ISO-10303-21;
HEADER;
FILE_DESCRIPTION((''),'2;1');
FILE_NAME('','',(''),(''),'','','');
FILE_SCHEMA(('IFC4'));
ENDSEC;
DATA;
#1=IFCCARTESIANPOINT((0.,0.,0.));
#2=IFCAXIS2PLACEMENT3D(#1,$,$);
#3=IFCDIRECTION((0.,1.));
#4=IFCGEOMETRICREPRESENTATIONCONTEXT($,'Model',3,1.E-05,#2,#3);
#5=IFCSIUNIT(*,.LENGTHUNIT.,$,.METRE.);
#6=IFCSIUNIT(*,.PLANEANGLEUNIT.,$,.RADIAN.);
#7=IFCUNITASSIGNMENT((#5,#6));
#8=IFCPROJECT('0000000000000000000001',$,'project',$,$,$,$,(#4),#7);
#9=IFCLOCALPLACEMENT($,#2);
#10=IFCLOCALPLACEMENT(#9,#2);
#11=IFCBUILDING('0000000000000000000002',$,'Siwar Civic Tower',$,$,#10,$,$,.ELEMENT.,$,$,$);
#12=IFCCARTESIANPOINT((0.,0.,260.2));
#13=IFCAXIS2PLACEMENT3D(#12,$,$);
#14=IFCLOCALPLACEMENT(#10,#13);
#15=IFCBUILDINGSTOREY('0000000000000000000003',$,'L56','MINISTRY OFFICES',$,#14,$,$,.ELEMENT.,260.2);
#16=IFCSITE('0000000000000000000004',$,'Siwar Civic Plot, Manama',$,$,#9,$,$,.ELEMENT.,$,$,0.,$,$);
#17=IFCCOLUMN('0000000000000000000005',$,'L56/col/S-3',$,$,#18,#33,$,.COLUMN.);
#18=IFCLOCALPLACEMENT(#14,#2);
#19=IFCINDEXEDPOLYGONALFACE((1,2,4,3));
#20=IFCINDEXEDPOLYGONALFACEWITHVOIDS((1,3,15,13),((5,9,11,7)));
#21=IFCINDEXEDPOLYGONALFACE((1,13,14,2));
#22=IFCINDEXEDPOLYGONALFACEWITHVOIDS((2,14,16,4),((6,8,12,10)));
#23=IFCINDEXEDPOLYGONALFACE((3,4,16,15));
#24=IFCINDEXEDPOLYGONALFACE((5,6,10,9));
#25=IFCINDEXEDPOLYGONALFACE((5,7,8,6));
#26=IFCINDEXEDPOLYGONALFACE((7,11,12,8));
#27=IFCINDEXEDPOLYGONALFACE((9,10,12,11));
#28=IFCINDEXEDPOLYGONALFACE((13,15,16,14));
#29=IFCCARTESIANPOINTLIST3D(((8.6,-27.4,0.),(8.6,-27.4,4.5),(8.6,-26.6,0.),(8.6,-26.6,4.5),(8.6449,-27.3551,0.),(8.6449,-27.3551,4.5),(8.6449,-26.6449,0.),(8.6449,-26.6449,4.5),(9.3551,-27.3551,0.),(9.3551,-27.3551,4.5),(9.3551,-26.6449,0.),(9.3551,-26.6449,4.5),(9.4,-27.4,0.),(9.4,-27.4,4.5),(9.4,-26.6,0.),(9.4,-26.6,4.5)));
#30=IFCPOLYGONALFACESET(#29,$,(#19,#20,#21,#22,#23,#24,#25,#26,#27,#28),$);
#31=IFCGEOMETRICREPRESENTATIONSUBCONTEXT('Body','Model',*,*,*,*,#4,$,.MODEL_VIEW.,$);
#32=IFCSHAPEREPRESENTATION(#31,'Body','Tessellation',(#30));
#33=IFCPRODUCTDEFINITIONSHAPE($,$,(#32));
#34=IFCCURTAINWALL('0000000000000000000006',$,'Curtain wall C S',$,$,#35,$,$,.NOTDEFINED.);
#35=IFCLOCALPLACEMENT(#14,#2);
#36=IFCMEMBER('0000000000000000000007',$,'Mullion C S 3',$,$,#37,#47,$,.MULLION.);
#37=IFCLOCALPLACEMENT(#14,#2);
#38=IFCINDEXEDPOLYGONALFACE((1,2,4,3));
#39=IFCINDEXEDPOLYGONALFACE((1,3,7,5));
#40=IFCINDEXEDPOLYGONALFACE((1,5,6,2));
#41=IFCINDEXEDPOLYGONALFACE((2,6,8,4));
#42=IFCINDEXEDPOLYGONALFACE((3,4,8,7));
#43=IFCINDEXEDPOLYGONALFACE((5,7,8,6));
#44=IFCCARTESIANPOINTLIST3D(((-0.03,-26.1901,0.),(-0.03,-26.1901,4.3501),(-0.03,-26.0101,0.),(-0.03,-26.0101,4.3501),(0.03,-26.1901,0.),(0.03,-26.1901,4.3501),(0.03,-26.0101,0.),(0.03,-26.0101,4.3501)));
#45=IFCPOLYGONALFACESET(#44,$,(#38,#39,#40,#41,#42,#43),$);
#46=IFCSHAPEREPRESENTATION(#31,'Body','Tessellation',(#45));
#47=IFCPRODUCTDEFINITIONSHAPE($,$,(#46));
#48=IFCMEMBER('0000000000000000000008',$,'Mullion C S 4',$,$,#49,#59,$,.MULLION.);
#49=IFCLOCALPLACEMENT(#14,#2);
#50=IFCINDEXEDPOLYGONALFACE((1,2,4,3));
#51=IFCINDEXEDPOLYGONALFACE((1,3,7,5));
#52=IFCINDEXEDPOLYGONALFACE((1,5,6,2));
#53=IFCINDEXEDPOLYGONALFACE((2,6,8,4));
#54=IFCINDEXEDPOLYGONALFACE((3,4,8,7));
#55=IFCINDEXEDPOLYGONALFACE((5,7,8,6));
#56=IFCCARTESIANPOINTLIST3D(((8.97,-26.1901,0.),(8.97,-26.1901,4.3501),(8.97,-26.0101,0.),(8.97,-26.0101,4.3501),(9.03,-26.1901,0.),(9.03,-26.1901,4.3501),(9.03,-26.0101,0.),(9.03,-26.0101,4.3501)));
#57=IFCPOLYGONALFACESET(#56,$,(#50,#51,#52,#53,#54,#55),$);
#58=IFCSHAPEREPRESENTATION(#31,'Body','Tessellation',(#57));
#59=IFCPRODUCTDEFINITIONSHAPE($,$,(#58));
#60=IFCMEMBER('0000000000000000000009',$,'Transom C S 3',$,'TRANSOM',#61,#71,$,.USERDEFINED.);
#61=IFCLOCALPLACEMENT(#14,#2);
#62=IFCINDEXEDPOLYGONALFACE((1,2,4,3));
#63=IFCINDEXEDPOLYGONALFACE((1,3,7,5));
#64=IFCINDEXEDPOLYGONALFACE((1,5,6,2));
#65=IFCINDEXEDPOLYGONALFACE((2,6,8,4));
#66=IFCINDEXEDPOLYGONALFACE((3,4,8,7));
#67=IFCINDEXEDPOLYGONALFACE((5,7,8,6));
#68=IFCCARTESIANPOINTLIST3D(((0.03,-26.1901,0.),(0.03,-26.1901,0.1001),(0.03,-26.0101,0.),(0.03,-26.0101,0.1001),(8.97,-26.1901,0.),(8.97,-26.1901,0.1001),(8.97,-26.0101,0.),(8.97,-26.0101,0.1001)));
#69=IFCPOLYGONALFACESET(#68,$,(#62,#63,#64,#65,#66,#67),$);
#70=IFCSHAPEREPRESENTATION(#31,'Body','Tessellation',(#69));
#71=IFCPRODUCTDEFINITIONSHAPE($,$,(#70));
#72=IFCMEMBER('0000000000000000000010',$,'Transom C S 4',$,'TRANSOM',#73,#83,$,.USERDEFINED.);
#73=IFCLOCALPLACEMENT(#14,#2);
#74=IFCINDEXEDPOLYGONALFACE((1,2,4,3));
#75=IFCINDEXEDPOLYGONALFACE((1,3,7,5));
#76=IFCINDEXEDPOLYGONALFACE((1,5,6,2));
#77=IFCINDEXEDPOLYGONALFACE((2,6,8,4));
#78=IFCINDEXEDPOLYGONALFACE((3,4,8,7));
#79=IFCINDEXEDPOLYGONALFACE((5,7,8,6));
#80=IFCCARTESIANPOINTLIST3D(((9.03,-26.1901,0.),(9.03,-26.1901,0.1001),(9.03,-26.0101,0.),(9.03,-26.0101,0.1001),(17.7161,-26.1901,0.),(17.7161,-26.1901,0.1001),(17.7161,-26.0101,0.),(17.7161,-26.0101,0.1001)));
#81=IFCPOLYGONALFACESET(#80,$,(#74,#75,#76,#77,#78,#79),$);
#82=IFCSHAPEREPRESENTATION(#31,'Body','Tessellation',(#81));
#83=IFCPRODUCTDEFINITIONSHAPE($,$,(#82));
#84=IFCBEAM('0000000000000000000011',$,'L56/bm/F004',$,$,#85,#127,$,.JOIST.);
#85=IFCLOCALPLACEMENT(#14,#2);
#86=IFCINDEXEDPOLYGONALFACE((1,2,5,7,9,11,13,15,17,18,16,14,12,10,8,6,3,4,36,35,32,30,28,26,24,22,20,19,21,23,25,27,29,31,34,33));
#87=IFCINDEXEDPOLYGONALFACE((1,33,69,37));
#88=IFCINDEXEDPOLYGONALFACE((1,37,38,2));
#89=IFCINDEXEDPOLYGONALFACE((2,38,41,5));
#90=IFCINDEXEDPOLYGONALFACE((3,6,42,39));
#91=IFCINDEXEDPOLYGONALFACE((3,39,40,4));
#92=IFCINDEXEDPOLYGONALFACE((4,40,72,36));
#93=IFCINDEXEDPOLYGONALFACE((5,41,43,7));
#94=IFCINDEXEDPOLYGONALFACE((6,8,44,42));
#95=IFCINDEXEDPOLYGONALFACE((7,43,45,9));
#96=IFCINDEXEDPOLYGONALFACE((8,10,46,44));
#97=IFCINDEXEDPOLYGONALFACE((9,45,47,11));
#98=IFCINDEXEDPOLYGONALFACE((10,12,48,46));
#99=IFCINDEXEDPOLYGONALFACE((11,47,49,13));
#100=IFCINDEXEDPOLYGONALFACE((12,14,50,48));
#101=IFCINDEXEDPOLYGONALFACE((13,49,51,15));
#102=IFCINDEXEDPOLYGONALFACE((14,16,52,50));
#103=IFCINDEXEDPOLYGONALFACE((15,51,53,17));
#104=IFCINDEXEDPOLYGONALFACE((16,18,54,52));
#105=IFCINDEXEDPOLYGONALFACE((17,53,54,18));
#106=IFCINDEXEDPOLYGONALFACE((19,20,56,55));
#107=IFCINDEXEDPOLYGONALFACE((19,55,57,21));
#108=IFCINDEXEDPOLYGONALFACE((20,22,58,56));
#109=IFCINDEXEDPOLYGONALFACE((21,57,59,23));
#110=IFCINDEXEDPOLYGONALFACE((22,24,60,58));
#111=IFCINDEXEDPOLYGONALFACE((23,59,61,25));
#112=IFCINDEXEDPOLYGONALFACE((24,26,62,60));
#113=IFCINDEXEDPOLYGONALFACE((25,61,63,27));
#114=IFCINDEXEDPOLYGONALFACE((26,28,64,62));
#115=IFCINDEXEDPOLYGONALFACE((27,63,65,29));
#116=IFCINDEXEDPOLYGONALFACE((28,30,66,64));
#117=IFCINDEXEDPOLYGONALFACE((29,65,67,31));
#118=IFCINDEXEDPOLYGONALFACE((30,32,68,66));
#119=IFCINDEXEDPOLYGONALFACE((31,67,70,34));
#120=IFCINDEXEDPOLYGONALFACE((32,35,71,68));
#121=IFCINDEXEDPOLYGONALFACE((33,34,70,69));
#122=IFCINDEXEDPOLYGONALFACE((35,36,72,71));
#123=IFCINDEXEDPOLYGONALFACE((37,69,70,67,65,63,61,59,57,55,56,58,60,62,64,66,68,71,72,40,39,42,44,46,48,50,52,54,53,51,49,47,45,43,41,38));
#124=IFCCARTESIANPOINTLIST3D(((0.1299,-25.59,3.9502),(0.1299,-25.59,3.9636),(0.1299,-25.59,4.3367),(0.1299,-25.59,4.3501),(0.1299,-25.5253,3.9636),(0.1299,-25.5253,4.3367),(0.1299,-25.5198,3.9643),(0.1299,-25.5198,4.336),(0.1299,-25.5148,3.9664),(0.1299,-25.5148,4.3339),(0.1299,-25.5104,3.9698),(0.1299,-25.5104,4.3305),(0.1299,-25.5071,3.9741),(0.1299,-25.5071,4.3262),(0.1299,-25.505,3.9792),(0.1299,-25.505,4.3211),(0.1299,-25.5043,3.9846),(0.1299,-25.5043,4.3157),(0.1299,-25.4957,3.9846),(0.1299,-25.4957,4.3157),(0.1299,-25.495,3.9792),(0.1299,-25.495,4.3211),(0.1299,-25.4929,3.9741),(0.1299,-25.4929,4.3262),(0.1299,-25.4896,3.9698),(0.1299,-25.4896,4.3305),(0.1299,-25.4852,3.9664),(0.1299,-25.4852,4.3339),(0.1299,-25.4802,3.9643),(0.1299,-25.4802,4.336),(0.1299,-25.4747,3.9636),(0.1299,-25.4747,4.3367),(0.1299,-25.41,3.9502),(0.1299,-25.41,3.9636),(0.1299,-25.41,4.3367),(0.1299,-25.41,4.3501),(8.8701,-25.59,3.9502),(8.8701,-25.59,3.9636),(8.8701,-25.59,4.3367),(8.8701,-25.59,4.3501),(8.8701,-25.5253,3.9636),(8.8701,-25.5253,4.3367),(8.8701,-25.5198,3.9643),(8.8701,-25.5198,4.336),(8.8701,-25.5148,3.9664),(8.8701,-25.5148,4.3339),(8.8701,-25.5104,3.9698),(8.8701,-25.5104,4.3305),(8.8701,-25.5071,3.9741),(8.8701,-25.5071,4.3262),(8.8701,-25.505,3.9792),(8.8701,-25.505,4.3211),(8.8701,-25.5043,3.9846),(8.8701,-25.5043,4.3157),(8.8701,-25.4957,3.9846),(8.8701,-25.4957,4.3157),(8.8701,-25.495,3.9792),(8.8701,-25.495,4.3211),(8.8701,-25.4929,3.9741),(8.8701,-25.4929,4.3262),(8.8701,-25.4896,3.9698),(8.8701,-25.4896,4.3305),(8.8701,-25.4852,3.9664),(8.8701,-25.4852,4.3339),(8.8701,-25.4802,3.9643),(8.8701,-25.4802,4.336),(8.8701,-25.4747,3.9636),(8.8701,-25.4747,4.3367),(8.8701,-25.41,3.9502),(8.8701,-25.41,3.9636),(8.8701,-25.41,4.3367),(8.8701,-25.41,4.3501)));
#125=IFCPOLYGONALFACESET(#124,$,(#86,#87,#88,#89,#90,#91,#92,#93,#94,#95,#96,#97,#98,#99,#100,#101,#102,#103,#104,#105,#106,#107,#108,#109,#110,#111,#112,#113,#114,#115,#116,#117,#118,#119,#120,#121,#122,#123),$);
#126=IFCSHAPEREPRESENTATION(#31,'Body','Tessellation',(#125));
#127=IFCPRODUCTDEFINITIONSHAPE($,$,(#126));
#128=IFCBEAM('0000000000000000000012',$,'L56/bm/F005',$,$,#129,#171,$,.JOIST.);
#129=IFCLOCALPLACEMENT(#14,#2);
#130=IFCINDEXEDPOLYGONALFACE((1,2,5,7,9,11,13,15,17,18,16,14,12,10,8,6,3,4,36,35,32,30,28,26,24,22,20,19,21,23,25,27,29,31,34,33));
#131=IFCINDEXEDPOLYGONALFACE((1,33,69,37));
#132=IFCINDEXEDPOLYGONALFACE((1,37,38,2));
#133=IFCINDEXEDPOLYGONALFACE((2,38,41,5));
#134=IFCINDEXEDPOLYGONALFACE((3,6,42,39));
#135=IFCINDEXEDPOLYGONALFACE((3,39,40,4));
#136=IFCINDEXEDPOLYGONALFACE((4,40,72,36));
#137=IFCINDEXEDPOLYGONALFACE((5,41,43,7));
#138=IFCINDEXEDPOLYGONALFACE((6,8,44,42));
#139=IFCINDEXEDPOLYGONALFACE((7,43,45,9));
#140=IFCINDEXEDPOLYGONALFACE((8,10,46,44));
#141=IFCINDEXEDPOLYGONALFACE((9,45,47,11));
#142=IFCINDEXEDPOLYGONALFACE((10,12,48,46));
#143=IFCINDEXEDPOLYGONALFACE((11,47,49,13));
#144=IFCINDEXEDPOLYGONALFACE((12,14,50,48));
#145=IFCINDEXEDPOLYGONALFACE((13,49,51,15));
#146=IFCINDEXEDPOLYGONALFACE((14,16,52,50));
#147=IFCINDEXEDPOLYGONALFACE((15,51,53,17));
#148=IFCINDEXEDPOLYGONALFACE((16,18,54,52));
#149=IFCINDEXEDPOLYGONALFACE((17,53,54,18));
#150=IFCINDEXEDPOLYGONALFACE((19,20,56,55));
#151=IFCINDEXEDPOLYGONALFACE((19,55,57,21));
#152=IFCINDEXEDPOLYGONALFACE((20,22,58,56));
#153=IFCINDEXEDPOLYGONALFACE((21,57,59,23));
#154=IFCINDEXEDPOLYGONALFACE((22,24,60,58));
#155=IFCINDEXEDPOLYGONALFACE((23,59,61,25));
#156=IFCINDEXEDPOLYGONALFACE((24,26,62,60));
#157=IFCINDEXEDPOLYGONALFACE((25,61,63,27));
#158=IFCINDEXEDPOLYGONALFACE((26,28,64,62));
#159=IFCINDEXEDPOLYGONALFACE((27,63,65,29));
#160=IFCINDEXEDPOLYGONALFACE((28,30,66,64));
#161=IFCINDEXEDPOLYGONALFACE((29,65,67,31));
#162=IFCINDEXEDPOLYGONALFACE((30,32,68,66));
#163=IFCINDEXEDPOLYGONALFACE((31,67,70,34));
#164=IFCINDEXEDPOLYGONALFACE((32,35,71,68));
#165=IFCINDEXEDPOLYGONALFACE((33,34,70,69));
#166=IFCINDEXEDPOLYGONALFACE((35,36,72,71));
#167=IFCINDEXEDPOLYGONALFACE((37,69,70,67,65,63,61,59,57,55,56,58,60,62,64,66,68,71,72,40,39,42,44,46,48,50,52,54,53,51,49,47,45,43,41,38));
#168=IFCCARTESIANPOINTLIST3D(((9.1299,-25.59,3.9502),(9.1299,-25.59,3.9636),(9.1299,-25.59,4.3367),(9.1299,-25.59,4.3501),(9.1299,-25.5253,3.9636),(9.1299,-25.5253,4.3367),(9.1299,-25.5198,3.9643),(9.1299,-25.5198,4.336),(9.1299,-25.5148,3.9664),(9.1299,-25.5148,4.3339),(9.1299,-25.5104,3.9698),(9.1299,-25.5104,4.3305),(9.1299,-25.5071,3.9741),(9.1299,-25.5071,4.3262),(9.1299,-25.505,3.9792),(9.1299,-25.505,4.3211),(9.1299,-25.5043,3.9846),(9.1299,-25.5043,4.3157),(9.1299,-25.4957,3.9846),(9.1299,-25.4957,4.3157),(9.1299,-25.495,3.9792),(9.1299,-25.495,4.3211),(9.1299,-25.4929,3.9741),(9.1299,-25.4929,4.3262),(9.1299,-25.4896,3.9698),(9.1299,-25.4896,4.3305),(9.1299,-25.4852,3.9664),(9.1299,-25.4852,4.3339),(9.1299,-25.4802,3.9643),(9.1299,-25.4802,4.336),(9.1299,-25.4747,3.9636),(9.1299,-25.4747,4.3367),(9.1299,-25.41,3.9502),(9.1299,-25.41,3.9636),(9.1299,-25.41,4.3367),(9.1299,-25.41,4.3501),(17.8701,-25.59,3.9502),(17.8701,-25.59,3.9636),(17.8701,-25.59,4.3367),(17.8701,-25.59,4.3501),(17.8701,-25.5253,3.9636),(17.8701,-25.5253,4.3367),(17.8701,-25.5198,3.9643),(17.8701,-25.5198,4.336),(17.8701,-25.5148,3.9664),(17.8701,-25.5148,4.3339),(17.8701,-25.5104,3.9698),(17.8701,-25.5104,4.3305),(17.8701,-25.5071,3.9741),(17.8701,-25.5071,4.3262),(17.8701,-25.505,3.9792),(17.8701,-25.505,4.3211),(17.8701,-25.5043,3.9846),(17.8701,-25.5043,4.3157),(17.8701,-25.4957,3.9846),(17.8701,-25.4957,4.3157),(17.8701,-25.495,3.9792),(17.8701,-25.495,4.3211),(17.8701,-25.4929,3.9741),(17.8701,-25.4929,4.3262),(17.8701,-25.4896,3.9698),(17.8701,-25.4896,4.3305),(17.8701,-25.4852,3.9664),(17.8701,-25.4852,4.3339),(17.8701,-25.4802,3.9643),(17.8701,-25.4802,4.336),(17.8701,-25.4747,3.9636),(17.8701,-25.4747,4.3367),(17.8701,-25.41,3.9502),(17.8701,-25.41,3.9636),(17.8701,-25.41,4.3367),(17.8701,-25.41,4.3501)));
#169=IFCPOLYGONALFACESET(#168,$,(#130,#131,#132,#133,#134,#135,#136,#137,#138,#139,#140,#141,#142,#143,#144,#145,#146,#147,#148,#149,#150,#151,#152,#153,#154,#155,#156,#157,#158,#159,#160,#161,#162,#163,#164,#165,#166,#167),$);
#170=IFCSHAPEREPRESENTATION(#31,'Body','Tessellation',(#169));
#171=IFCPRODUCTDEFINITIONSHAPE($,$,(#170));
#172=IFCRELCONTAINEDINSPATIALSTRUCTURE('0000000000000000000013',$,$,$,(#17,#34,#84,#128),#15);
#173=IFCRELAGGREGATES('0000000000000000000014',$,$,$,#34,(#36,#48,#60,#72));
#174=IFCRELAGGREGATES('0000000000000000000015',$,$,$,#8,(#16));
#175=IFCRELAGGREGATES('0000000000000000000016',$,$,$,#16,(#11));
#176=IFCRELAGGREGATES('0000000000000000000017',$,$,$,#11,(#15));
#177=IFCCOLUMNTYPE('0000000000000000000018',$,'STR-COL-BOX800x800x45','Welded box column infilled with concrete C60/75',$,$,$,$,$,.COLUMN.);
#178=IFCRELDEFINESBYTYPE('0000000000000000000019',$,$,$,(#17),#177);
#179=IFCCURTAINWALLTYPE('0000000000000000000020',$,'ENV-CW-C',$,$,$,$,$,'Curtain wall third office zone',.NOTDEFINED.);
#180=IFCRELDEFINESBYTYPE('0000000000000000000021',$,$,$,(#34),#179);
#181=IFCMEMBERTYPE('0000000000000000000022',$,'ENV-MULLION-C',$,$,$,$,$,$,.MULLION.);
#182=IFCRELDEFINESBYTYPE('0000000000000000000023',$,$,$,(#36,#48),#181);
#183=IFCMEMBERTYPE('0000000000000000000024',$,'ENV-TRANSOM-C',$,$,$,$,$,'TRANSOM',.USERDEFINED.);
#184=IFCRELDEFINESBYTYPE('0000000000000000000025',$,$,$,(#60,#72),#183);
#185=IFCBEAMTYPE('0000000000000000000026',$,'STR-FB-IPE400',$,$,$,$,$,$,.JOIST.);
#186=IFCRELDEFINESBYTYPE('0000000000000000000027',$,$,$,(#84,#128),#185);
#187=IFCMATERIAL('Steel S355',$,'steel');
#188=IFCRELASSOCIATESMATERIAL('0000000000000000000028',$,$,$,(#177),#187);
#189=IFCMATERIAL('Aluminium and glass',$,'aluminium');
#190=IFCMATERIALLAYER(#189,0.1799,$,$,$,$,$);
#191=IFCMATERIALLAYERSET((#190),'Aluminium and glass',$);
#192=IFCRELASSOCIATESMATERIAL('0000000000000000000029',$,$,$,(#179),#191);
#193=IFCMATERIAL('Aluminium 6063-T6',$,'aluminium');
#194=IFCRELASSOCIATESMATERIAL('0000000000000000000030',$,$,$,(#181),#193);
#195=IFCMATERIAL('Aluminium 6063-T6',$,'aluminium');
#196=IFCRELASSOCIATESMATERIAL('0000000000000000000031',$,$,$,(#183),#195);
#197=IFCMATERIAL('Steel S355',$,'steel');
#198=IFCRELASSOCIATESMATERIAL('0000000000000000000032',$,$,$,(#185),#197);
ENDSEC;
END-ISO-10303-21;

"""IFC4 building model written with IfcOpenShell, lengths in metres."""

from ifc_helpers import new_model, si_unit, direction, frame, origin, origin_2d, place, context, subcontext, project, spatial, rectangle, hollow_rectangle, i_section, extrude, material, layer, layer_set, material_profile, profile_set, type_object, element, aggregate, save


model = new_model("IFC4")

# Units and contexts
model_context = context("Model", 3, precision=1e-05, world=origin(), true_north=direction((0.0, 1.0)))
body_context = subcontext(model_context, "Body", "Model", "MODEL_VIEW")
ifc_project = project(units=[si_unit("LENGTHUNIT", "METRE"), si_unit("PLANEANGLEUNIT", "RADIAN")], contexts=[model_context])

# Site, building, storey
site_placement = place(None, origin())
site = spatial("IfcSite", under=ifc_project, at=site_placement, Name="Siwar Civic Plot, Manama", CompositionType="ELEMENT", RefElevation=0.0)
building_placement = place(site_placement, origin())
building = spatial("IfcBuilding", under=site, at=building_placement, Name="Siwar Civic Tower", CompositionType="ELEMENT")
storey_placement = place(building_placement, frame((0.0, 0.0, 260.2)))
storey = spatial("IfcBuildingStorey", under=building, at=storey_placement, Name="L56", Description="MINISTRY OFFICES", CompositionType="ELEMENT", Elevation=260.2)

# Column
ifc_material_1 = material(Name="Steel S355", Category="steel")
ifc_material_profile_1 = material_profile(ifc_material_1, hollow_rectangle(XDim=0.8, YDim=0.8, WallThickness=0.0449, at=origin_2d()), Name="BOX800x800x45")
ifc_profile_set_1 = profile_set([ifc_material_profile_1], Name="Steel S355")
column_type = type_object("IfcColumnType", Name="STR-COL-BOX800x800x45", Description="Welded box column infilled with concrete C60/75", PredefinedType="COLUMN", material=ifc_profile_set_1)
column_placement = place(storey_placement, frame((9.0, -27.0, 0.0), z_axis=(0.0, 0.0, 1.0), x_axis=(1.0, 0.0, 0.0)))
element("IfcColumn", 1, at=column_placement, inside=storey, type_object=column_type, Name="L56/col/S-3", PredefinedType="COLUMN", context=body_context, shape_type="SweptSolid", body=[
    extrude(hollow_rectangle(XDim=0.8, YDim=0.8, WallThickness=0.0449, at=origin_2d()), origin(), (0.0, 0.0, 1.0), 4.5),
])

# Curtain wall, members
ifc_material_2 = material(Name="Aluminium and glass", Category="aluminium")
ifc_layer_1 = layer(ifc_material_2, 0.1799)
ifc_layer_set_1 = layer_set([ifc_layer_1], Name="Aluminium and glass")
curtain_wall_type = type_object("IfcCurtainWallType", Name="ENV-CW-C", ElementType="Curtain wall third office zone", PredefinedType="NOTDEFINED", material=ifc_layer_set_1)
curtain_wall_placement = place(storey_placement, origin())
curtain_wall = element("IfcCurtainWall", 2, at=curtain_wall_placement, inside=storey, type_object=curtain_wall_type, Name="Curtain wall C S", PredefinedType="NOTDEFINED")
ifc_material_3 = material(Name="Aluminium 6063-T6", Category="aluminium")
ifc_material_profile_2 = material_profile(ifc_material_3, rectangle(XDim=0.1799, YDim=0.0601, at=origin_2d()), Name="AL 180x60")
ifc_profile_set_2 = profile_set([ifc_material_profile_2], Name="Aluminium 6063-T6")
member_type_1 = type_object("IfcMemberType", Name="ENV-MULLION-C", PredefinedType="MULLION", material=ifc_profile_set_2)
member_1_placement = place(storey_placement, frame((0.0, -26.1001, 0.0), z_axis=(0.0, 0.0, 1.0), x_axis=(0.0, 1.0, 0.0)))
member_1 = element("IfcMember", 3, at=member_1_placement, type_object=member_type_1, Name="Mullion C S 3", PredefinedType="MULLION", context=body_context, shape_type="SweptSolid", body=[
    extrude(rectangle(XDim=0.1799, YDim=0.0601, at=origin_2d()), origin(), (0.0, 0.0, 1.0), 4.3501),
])
member_2_placement = place(storey_placement, frame((9.0, -26.1001, 0.0), z_axis=(0.0, 0.0, 1.0), x_axis=(0.0, 1.0, 0.0)))
member_2 = element("IfcMember", 4, at=member_2_placement, type_object=member_type_1, Name="Mullion C S 4", PredefinedType="MULLION", context=body_context, shape_type="SweptSolid", body=[
    extrude(rectangle(XDim=0.1799, YDim=0.0601, at=origin_2d()), origin(), (0.0, 0.0, 1.0), 4.3501),
])
ifc_material_4 = material(Name="Aluminium 6063-T6", Category="aluminium")
ifc_material_profile_3 = material_profile(ifc_material_4, rectangle(XDim=0.1799, YDim=0.1001, at=origin_2d()), Name="AL 180x100")
ifc_profile_set_3 = profile_set([ifc_material_profile_3], Name="Aluminium 6063-T6")
member_type_2 = type_object("IfcMemberType", Name="ENV-TRANSOM-C", ElementType="TRANSOM", PredefinedType="USERDEFINED", material=ifc_profile_set_3)
member_3_placement = place(storey_placement, frame((0.03, -26.1001, 0.05), z_axis=(1.0, 0.0, 0.0), x_axis=(0.0, 1.0, 0.0)))
member_3 = element("IfcMember", 5, at=member_3_placement, type_object=member_type_2, Name="Transom C S 3", ObjectType="TRANSOM", PredefinedType="USERDEFINED", context=body_context, shape_type="SweptSolid", body=[
    extrude(rectangle(XDim=0.1799, YDim=0.1001, at=origin_2d()), origin(), (0.0, 0.0, 1.0), 8.9399),
])
member_4_placement = place(storey_placement, frame((9.03, -26.1001, 0.05), z_axis=(1.0, 0.0, 0.0), x_axis=(0.0, 1.0, 0.0)))
member_4 = element("IfcMember", 6, at=member_4_placement, type_object=member_type_2, Name="Transom C S 4", ObjectType="TRANSOM", PredefinedType="USERDEFINED", context=body_context, shape_type="SweptSolid", body=[
    extrude(rectangle(XDim=0.1799, YDim=0.1001, at=origin_2d()), origin(), (0.0, 0.0, 1.0), 8.686),
])

# Beams
ifc_material_5 = material(Name="Steel S355", Category="steel")
ifc_material_profile_4 = material_profile(ifc_material_5, i_section(OverallWidth=0.1799, OverallDepth=0.3999, WebThickness=0.0085, FlangeThickness=0.0134, FilletRadius=0.021, at=origin_2d()), Name="IPE400")
ifc_profile_set_4 = profile_set([ifc_material_profile_4], Name="Steel S355")
beam_type_1 = type_object("IfcBeamType", Name="STR-FB-IPE400", PredefinedType="JOIST", material=ifc_profile_set_4)
for number, where, z_axis, x_axis, name in (
    (7, (0.1299, -25.5, 4.1501), (1.0, 0.0, 0.0), (0.0, 1.0, 0.0), "L56/bm/F004"),
    (8, (9.1299, -25.5, 4.1501), (1.0, 0.0, 0.0), (0.0, 1.0, 0.0), "L56/bm/F005"),
):
    element("IfcBeam", number, at=place(storey_placement, frame(where, z_axis=z_axis, x_axis=x_axis)), inside=storey, type_object=beam_type_1, Name=name, PredefinedType="JOIST", context=body_context, shape_type="SweptSolid", body=[
        extrude(i_section(OverallWidth=0.1799, OverallDepth=0.3999, WebThickness=0.0085, FlangeThickness=0.0134, FilletRadius=0.021, at=origin_2d()), origin(), (0.0, 0.0, 1.0), 8.7402),
    ])

aggregate(curtain_wall, [member_1, member_2, member_3, member_4])

save(model, "model.ifc")
